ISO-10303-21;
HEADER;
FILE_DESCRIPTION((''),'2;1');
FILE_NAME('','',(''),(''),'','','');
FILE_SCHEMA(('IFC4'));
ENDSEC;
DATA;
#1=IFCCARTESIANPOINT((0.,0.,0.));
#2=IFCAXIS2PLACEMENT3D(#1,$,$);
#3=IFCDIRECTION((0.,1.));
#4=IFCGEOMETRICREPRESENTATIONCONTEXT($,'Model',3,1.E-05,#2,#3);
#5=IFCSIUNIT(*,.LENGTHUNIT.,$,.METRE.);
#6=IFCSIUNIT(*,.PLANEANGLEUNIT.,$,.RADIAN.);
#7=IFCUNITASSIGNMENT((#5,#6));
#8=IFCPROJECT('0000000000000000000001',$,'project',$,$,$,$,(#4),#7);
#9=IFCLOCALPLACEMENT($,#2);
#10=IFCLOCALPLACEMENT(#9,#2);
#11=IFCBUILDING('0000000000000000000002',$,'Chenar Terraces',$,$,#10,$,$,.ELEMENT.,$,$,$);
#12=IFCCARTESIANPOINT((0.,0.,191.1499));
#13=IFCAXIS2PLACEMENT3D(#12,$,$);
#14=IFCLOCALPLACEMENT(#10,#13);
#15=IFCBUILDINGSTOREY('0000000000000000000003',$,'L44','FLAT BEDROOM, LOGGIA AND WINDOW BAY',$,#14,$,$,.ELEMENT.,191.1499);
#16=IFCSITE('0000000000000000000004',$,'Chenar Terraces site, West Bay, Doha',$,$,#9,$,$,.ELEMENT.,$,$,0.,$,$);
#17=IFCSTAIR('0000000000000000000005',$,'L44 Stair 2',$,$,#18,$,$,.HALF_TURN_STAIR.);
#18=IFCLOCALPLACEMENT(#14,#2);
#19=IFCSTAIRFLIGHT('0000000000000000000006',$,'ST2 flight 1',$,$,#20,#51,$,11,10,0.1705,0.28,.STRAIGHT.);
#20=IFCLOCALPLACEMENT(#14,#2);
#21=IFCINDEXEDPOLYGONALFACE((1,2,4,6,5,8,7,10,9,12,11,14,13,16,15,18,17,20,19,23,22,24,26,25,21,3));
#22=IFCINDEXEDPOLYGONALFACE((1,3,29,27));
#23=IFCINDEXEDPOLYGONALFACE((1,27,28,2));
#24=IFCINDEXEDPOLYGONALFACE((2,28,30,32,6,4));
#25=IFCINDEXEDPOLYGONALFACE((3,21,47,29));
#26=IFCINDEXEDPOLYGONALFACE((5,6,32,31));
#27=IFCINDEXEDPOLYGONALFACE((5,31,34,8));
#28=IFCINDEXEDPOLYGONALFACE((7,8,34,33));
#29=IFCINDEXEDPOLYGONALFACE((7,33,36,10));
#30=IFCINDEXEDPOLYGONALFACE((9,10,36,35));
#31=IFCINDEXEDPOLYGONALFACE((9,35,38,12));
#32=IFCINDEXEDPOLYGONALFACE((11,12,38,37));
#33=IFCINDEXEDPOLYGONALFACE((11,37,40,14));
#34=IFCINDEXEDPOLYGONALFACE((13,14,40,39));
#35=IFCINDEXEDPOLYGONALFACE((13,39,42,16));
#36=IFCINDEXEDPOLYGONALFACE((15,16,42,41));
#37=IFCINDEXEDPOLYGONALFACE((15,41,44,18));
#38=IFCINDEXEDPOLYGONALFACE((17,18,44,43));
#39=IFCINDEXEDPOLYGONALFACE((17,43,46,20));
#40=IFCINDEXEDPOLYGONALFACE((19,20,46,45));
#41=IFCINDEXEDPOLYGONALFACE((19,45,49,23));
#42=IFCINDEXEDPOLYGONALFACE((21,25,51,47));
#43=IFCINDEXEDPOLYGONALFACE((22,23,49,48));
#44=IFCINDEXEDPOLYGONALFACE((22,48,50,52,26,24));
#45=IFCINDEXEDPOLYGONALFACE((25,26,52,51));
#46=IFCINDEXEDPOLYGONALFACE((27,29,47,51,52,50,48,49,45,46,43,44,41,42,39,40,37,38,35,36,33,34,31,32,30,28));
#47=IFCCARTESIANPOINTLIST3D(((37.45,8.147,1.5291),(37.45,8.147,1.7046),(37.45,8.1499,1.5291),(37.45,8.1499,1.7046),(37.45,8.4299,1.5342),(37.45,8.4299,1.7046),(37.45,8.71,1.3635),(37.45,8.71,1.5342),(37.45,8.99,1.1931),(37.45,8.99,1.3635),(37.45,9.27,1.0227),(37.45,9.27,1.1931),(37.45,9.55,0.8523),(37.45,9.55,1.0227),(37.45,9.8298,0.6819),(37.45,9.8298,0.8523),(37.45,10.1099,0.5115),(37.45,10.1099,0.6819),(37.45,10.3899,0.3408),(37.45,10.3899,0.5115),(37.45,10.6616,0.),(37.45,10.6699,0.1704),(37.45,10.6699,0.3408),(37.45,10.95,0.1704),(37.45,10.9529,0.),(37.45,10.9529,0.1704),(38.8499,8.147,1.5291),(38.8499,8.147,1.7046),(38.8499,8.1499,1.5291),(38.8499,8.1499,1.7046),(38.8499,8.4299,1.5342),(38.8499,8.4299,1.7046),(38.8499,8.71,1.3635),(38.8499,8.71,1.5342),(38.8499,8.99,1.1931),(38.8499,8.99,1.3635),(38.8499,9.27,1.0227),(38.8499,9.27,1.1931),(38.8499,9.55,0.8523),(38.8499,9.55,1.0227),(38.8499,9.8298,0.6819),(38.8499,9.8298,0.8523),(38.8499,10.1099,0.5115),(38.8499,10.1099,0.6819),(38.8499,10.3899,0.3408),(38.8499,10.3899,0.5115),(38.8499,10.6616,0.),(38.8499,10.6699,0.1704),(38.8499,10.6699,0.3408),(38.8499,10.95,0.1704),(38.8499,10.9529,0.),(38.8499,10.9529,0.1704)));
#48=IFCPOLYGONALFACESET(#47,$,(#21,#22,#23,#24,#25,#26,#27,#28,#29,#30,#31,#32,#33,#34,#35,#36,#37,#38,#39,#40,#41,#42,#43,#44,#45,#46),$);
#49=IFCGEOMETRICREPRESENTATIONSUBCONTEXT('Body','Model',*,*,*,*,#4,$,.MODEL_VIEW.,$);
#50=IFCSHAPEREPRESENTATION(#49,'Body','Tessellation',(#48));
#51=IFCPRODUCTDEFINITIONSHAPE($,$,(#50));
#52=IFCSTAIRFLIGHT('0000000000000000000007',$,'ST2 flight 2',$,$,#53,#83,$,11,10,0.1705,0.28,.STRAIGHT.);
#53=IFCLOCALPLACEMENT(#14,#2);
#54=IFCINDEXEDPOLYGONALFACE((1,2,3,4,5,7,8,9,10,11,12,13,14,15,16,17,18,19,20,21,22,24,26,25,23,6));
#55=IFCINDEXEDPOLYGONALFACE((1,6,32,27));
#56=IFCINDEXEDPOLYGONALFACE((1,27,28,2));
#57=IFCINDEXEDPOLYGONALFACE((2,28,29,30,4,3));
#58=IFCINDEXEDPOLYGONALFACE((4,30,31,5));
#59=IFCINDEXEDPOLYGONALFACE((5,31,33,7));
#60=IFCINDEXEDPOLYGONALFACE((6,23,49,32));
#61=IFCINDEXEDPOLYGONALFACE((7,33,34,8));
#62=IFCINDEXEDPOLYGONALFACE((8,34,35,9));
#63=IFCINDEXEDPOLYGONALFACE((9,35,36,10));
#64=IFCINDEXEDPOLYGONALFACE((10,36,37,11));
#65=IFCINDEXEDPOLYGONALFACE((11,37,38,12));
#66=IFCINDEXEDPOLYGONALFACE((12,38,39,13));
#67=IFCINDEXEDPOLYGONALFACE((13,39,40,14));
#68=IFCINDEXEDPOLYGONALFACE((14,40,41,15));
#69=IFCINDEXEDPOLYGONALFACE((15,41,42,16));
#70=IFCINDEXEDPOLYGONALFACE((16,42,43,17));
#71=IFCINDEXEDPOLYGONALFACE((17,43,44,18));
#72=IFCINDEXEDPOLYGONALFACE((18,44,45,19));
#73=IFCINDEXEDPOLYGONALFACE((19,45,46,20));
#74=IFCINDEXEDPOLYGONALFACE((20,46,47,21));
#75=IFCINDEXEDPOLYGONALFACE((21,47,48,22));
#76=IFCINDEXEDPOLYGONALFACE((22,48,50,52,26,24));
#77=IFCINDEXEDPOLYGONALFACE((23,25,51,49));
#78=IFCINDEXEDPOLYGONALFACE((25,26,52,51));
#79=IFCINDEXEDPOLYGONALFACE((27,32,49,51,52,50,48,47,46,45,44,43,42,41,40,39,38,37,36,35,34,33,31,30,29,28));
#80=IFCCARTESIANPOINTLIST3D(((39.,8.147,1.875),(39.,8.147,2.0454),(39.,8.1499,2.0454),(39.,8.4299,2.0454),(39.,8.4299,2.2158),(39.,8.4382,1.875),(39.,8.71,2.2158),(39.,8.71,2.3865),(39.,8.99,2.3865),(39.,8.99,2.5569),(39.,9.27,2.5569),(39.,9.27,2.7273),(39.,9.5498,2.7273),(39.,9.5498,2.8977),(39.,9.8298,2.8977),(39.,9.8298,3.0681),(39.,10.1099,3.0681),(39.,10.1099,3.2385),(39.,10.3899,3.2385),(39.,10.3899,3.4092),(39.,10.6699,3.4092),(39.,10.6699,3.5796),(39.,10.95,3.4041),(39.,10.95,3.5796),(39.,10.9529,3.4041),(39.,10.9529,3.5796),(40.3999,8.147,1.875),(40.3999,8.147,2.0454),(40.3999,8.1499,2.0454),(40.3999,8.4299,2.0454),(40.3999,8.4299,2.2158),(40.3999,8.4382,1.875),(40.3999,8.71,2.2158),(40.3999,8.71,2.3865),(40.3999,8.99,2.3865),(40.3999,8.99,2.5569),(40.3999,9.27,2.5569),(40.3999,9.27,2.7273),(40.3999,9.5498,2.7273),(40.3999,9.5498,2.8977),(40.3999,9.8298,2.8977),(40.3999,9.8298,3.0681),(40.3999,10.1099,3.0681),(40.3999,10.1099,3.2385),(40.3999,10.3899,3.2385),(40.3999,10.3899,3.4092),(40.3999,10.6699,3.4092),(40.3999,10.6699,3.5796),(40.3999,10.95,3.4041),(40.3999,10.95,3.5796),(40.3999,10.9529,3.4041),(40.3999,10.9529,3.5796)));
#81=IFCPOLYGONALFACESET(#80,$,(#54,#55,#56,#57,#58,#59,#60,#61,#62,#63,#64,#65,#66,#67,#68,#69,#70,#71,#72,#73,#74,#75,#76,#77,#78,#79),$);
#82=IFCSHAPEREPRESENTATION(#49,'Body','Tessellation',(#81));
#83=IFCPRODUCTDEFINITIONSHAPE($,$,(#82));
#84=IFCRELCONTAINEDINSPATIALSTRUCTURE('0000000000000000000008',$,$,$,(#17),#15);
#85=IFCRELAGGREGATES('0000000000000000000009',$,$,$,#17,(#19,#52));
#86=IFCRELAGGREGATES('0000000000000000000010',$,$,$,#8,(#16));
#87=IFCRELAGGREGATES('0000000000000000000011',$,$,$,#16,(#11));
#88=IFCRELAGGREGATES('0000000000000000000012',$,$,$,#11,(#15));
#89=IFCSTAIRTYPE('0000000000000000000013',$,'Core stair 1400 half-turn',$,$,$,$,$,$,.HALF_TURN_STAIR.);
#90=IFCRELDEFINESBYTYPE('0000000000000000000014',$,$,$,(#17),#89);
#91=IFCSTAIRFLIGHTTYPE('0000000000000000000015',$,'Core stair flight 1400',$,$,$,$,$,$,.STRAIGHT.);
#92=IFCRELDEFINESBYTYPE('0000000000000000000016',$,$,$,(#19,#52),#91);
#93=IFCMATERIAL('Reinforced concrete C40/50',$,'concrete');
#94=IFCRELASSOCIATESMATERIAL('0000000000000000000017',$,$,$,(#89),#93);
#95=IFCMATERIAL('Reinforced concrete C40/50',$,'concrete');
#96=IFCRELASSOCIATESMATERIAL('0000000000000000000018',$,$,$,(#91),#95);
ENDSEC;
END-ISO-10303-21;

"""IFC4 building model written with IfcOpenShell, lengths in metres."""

from ifc_helpers import new_model, si_unit, direction, frame, origin, place, context, subcontext, project, spatial, polyline, outline, extrude, material, type_object, element, aggregate, save


model = new_model("IFC4")

# Units and contexts
model_context = context("Model", 3, precision=1e-05, world=origin(), true_north=direction((0.0, 1.0)))
body_context = subcontext(model_context, "Body", "Model", "MODEL_VIEW")
ifc_project = project(units=[si_unit("LENGTHUNIT", "METRE"), si_unit("PLANEANGLEUNIT", "RADIAN")], contexts=[model_context])

# Site, building, storey
site_placement = place(None, origin())
site = spatial("IfcSite", under=ifc_project, at=site_placement, Name="Chenar Terraces site, West Bay, Doha", CompositionType="ELEMENT", RefElevation=0.0)
building_placement = place(site_placement, origin())
building = spatial("IfcBuilding", under=site, at=building_placement, Name="Chenar Terraces", CompositionType="ELEMENT")
storey_placement = place(building_placement, frame((0.0, 0.0, 191.1499)))
storey = spatial("IfcBuildingStorey", under=building, at=storey_placement, Name="L44", Description="FLAT BEDROOM, LOGGIA AND WINDOW BAY", CompositionType="ELEMENT", Elevation=191.1499)

# Stair, stair flights
ifc_material_1 = material(Name="Reinforced concrete C40/50", Category="concrete")
stair_type = type_object("IfcStairType", Name="Core stair 1400 half-turn", PredefinedType="HALF_TURN_STAIR", material=ifc_material_1)
stair_placement = place(storey_placement, origin())
stair = element("IfcStair", 1, at=stair_placement, inside=storey, type_object=stair_type, Name="L44 Stair 2", PredefinedType="HALF_TURN_STAIR")
ifc_material_2 = material(Name="Reinforced concrete C40/50", Category="concrete")
stair_flight_type = type_object("IfcStairFlightType", Name="Core stair flight 1400", PredefinedType="STRAIGHT", material=ifc_material_2)
stair_flight_1_placement = place(storey_placement, frame((38.1499, 10.95, 0.0), z_axis=(0.0, 0.0, 1.0), x_axis=(0.0, -1.0, 0.0)))
stair_flight_1 = element("IfcStairFlight", 2, at=stair_flight_1_placement, type_object=stair_flight_type, Name="ST2 flight 1", NumberOfRisers=11, NumberOfTreads=10, PredefinedType="STRAIGHT", RiserHeight=0.1705, TreadLength=0.28, context=body_context, shape_type="SweptSolid", body=[
    extrude(outline(polyline([(-0.0029, 0.0), (-0.0029, 0.1704), (0.0, 0.1704), (0.28, 0.1704), (0.28, 0.3408), (0.5601, 0.3408), (0.5601, 0.5115), (0.8401, 0.5115), (0.8401, 0.6819), (1.1201, 0.6819), (1.1201, 0.8523), (1.3999, 0.8523), (1.3999, 1.0227), (1.6799, 1.0227), (1.6799, 1.1931), (1.96, 1.1931), (1.96, 1.3635), (2.24, 1.3635), (2.24, 1.5342), (2.52, 1.5342), (2.52, 1.7046), (2.8, 1.7046), (2.803, 1.7046), (2.803, 1.5291), (2.8, 1.5291), (0.2883, 0.0), (-0.0029, 0.0)])), frame((0.0, 0.7, 0.0), z_axis=(0.0, -1.0, 0.0), x_axis=(1.0, 0.0, 0.0)), (0.0, 0.0, 1.0), 1.3999),
])
stair_flight_2_placement = place(storey_placement, frame((39.7, 8.1499, 1.875), z_axis=(0.0, 0.0, 1.0), x_axis=(0.0, 1.0, 0.0)))
stair_flight_2 = element("IfcStairFlight", 3, at=stair_flight_2_placement, type_object=stair_flight_type, Name="ST2 flight 2", NumberOfRisers=11, NumberOfTreads=10, PredefinedType="STRAIGHT", RiserHeight=0.1705, TreadLength=0.28, context=body_context, shape_type="SweptSolid", body=[
    extrude(outline(polyline([(-0.0029, 0.0), (-0.0029, 0.1704), (0.0, 0.1704), (0.28, 0.1704), (0.28, 0.3408), (0.5601, 0.3408), (0.5601, 0.5115), (0.8401, 0.5115), (0.8401, 0.6819), (1.1201, 0.6819), (1.1201, 0.8523), (1.3999, 0.8523), (1.3999, 1.0227), (1.6799, 1.0227), (1.6799, 1.1931), (1.96, 1.1931), (1.96, 1.3635), (2.24, 1.3635), (2.24, 1.5342), (2.52, 1.5342), (2.52, 1.7046), (2.8, 1.7046), (2.803, 1.7046), (2.803, 1.5291), (2.8, 1.5291), (0.2883, 0.0), (-0.0029, 0.0)])), frame((0.0, 0.7, 0.0), z_axis=(0.0, -1.0, 0.0), x_axis=(1.0, 0.0, 0.0)), (0.0, 0.0, 1.0), 1.3999),
])
aggregate(stair, [stair_flight_1, stair_flight_2])

save(model, "model.ifc")
